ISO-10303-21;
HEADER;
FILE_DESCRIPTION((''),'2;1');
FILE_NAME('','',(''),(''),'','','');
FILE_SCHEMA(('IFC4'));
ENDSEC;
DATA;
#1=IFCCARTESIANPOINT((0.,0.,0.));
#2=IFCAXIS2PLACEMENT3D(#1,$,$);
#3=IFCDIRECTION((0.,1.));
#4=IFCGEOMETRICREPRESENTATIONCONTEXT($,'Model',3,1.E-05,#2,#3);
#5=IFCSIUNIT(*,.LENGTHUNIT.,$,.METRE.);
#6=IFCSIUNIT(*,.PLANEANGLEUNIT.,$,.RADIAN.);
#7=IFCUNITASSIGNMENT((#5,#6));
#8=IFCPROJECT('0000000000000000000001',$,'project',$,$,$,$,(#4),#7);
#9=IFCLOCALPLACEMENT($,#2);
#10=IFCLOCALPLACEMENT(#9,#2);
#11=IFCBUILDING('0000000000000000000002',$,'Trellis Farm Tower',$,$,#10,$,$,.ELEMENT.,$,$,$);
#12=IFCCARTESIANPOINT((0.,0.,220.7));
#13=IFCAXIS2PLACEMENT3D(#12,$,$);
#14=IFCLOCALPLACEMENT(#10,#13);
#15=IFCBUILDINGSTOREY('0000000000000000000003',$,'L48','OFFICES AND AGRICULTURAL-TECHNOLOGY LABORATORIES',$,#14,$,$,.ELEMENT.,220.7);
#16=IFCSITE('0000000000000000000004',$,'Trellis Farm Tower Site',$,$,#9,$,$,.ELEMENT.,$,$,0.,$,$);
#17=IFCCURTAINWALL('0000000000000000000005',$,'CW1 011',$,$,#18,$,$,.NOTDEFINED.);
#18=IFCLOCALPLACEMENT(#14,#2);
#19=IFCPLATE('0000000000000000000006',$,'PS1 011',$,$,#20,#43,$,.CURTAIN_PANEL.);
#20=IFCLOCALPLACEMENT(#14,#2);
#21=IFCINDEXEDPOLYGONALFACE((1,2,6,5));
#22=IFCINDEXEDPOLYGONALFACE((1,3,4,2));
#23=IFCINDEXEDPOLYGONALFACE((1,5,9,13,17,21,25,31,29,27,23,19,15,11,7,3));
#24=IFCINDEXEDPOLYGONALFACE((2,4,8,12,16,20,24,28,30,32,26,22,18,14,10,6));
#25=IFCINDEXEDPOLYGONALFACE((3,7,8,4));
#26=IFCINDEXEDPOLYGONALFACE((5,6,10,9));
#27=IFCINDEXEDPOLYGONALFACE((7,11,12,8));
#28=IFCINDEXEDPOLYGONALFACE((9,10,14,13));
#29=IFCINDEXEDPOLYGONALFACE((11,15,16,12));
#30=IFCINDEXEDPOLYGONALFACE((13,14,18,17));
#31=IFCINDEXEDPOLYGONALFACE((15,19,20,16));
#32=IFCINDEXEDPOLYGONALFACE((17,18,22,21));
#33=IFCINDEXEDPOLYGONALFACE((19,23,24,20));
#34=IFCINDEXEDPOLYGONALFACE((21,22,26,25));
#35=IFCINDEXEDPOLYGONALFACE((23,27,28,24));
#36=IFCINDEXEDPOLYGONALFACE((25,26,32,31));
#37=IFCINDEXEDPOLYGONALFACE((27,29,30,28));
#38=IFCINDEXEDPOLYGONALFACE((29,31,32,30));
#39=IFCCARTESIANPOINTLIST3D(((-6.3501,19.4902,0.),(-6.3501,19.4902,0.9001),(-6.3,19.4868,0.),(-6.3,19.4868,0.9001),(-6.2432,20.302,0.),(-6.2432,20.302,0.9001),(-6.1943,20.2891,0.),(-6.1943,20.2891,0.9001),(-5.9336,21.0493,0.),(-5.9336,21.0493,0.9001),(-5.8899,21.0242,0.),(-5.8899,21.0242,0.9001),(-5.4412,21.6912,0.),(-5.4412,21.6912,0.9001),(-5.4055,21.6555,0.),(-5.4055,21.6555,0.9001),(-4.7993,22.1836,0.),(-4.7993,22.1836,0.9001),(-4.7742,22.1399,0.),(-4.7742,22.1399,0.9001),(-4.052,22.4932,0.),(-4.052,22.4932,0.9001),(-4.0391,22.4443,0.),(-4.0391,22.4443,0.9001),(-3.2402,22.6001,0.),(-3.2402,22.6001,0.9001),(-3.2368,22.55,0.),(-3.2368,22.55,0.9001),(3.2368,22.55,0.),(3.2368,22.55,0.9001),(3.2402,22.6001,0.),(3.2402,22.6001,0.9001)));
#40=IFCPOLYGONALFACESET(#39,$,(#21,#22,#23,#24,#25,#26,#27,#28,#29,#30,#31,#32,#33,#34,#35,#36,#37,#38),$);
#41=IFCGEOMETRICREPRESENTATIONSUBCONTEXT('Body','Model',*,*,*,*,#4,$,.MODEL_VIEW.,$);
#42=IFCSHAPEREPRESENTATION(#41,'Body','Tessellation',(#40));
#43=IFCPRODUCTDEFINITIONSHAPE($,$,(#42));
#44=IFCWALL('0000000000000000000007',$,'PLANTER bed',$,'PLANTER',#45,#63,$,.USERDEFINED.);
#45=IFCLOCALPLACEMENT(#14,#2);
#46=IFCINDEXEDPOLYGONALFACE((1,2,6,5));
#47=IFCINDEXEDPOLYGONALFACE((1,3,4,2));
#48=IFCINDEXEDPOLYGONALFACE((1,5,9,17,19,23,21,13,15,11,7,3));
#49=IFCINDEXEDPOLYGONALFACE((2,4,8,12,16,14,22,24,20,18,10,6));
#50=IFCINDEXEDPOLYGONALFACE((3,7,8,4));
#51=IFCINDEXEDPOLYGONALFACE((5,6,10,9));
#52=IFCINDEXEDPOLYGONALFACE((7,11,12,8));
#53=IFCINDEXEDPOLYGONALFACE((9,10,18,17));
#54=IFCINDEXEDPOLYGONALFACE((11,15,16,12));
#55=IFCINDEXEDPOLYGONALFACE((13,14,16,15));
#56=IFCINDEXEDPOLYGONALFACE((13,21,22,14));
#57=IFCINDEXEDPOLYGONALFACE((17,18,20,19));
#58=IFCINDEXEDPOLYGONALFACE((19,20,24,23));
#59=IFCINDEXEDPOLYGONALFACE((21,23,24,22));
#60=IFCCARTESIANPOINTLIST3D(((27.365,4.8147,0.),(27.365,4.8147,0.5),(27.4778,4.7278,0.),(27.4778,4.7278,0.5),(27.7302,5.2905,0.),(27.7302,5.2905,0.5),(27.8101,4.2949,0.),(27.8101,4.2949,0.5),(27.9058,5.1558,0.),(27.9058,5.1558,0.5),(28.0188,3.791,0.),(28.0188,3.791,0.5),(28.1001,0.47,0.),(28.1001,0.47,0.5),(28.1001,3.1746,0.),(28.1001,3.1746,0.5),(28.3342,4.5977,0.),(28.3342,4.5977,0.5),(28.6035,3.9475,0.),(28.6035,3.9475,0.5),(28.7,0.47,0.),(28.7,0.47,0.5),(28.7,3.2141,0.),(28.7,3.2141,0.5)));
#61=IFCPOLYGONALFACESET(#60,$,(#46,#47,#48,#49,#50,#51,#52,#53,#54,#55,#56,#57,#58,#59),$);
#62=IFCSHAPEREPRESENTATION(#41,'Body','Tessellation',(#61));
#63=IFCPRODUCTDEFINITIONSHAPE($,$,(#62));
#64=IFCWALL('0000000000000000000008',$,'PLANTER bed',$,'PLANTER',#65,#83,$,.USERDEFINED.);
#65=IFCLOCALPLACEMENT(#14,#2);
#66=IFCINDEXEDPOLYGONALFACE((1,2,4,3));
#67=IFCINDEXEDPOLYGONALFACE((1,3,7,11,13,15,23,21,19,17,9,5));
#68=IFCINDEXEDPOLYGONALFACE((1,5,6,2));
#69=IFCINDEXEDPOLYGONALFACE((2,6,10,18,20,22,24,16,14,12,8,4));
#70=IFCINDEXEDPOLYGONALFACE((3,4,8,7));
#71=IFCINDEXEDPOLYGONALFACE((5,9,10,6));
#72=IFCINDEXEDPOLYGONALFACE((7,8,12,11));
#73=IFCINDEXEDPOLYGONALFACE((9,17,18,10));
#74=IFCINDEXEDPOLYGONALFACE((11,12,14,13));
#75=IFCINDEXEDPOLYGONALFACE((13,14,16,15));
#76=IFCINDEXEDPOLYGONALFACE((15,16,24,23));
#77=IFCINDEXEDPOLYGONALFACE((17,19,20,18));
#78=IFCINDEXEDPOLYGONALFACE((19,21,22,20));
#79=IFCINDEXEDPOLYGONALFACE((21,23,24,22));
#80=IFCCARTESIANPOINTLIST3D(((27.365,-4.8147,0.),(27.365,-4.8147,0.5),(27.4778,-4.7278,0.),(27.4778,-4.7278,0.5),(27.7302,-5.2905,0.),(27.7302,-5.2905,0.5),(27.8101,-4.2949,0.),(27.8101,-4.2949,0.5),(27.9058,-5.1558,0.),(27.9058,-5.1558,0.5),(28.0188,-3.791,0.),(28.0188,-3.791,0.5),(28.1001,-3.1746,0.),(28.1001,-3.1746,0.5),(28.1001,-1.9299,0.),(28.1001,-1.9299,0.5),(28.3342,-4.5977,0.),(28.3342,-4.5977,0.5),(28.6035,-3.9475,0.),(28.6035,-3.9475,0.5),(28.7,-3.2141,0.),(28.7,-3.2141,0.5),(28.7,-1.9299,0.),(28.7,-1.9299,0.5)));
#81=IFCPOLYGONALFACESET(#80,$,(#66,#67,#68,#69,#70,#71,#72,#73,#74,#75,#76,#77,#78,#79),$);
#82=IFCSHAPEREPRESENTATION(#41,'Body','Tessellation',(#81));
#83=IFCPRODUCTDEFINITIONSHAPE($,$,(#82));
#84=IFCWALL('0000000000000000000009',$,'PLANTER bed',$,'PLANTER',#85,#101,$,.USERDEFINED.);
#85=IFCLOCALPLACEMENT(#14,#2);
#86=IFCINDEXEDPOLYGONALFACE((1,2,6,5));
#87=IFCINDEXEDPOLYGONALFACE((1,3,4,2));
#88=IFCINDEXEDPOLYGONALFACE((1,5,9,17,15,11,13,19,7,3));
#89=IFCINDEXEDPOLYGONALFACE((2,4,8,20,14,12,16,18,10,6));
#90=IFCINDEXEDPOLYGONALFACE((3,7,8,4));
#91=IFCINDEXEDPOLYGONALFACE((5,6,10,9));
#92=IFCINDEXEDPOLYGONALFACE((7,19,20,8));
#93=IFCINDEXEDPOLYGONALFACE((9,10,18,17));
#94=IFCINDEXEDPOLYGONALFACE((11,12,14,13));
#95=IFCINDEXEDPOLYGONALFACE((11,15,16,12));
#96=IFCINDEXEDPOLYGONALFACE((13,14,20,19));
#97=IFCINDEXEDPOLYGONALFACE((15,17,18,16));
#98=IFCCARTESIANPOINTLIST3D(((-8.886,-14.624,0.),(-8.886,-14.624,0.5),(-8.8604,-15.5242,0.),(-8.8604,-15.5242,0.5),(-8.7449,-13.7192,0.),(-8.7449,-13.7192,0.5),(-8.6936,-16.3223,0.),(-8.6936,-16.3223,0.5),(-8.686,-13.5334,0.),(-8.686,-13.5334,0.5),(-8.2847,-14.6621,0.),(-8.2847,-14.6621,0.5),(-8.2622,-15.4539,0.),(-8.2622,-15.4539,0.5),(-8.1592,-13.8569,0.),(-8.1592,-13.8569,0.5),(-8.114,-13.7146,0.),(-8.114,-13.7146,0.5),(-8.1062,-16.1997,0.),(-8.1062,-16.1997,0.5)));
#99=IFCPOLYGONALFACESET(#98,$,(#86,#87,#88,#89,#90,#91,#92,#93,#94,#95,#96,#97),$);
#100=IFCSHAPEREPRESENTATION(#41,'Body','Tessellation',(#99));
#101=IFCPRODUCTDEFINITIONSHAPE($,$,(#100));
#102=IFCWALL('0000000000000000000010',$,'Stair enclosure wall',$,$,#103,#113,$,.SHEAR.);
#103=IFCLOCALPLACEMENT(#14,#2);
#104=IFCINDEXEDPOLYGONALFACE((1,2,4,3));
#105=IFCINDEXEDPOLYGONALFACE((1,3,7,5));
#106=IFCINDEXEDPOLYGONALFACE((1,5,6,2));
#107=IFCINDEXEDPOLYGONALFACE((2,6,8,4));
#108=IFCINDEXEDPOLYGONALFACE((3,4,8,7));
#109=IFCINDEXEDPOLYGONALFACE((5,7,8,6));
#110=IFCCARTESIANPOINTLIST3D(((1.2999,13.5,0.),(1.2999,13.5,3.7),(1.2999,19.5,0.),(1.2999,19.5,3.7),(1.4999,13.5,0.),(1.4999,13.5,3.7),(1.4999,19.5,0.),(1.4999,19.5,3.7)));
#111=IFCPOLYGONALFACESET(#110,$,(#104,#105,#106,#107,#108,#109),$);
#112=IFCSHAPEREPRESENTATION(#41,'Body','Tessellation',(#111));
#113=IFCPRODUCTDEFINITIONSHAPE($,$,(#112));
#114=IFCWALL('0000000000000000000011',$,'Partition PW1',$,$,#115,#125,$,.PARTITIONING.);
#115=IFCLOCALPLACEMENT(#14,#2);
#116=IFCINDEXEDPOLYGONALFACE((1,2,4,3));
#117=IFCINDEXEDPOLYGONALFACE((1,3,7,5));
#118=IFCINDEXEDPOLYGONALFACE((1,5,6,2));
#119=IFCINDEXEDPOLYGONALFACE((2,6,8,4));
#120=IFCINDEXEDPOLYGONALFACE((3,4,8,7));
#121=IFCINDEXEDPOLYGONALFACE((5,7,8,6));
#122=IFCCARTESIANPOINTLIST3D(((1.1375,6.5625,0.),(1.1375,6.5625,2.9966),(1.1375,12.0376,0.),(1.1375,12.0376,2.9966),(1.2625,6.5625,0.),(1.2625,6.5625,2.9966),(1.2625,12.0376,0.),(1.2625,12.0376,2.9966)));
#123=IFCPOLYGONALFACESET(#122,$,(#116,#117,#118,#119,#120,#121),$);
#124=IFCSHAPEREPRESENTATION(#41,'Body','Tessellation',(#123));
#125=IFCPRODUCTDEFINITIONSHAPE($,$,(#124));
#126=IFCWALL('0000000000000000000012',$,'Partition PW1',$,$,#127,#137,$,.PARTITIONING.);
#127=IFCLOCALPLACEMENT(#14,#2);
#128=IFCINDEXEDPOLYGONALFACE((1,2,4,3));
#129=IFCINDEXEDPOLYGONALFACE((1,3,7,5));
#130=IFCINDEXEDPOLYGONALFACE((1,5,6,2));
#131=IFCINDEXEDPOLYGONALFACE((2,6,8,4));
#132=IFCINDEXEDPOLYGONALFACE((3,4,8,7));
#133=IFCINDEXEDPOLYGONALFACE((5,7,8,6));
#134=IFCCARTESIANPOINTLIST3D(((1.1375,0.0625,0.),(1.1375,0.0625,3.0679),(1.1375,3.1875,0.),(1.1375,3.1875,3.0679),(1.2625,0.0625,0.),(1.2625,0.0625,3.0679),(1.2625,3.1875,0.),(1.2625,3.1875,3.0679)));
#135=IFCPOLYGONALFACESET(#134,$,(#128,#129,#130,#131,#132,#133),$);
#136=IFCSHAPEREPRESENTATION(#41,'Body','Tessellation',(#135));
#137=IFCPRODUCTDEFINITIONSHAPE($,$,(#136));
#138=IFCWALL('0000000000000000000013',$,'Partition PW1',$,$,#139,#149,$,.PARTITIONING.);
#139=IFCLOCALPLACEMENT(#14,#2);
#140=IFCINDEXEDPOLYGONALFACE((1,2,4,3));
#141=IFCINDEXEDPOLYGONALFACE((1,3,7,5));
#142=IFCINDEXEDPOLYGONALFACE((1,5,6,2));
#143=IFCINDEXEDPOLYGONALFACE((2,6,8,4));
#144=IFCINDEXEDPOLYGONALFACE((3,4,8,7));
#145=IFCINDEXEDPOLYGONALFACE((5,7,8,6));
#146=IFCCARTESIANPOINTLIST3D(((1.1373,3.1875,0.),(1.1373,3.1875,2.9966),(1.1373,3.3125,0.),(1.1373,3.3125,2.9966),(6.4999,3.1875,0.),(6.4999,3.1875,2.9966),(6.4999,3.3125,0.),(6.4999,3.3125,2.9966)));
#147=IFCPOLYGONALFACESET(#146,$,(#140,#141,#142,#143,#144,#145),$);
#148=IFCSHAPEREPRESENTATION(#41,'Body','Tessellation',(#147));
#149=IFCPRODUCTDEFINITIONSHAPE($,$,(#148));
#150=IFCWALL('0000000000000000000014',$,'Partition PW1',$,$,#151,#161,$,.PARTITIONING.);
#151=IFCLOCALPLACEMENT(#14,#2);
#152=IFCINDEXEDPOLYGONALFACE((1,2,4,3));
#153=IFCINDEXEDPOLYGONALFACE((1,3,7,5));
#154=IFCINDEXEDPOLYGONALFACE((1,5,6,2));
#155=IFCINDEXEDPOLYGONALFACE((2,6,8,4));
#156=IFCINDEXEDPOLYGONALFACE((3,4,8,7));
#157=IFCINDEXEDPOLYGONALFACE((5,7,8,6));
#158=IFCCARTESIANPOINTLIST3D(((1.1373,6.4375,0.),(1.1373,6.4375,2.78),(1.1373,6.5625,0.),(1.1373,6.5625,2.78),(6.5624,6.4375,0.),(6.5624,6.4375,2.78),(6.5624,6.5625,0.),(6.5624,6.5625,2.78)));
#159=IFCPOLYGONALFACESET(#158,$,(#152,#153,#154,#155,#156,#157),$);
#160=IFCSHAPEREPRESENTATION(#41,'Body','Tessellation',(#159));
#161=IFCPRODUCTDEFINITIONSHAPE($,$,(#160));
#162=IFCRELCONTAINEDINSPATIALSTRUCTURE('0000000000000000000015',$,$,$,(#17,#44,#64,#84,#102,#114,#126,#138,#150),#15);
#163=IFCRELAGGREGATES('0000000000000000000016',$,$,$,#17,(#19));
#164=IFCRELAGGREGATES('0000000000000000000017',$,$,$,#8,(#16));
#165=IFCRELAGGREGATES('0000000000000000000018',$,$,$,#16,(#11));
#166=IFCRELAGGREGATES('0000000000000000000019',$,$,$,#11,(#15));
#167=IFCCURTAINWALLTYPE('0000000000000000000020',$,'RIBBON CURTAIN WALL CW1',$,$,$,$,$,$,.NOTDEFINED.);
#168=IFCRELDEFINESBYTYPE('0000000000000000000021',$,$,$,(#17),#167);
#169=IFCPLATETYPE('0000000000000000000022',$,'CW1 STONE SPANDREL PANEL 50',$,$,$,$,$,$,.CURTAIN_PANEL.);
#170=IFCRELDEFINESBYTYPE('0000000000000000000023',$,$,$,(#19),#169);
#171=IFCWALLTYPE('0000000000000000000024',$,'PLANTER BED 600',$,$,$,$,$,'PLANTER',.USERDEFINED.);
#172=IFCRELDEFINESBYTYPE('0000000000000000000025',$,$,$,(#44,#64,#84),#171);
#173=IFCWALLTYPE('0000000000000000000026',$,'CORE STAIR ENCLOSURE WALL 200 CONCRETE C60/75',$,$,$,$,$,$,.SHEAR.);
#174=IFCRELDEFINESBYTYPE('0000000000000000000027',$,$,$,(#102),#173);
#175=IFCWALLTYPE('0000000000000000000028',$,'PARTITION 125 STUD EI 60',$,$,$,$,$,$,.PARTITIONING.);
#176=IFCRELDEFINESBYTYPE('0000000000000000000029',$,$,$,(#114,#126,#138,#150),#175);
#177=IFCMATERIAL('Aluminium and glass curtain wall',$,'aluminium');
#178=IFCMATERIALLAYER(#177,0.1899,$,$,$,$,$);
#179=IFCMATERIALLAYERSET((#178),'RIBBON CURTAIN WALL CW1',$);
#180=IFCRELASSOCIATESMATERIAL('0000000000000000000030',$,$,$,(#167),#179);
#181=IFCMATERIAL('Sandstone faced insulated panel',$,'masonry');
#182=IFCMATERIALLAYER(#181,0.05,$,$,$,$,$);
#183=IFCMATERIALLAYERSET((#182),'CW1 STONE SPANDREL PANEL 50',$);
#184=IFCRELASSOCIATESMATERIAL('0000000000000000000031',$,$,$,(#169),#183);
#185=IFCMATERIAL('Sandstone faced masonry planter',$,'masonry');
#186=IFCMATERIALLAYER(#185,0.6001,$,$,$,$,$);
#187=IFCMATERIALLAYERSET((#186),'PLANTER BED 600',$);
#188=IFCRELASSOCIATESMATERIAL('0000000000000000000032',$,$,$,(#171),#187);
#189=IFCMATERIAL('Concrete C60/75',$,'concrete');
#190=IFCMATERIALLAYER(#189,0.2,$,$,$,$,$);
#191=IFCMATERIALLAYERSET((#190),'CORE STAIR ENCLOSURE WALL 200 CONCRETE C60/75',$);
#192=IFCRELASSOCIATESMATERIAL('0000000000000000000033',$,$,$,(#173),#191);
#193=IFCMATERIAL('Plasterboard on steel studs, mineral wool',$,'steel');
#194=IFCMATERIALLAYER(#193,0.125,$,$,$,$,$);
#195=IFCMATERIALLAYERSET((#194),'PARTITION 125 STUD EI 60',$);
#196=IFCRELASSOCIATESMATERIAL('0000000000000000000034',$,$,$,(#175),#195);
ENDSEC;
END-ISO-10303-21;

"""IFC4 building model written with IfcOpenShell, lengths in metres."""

from ifc_helpers import new_model, si_unit, direction, frame, frame_2d, origin, place, context, subcontext, project, spatial, polyline, rectangle, outline, extrude, source, transform, mapped, material, layer, layer_set, type_object, element, aggregate, save


model = new_model("IFC4")

# Units and contexts
model_context = context("Model", 3, precision=1e-05, world=origin(), true_north=direction((0.0, 1.0)))
body_context = subcontext(model_context, "Body", "Model", "MODEL_VIEW")
ifc_project = project(units=[si_unit("LENGTHUNIT", "METRE"), si_unit("PLANEANGLEUNIT", "RADIAN")], contexts=[model_context])

# Site, building, storey
site_placement = place(None, origin())
site = spatial("IfcSite", under=ifc_project, at=site_placement, Name="Trellis Farm Tower Site", CompositionType="ELEMENT", RefElevation=0.0)
building_placement = place(site_placement, origin())
building = spatial("IfcBuilding", under=site, at=building_placement, Name="Trellis Farm Tower", CompositionType="ELEMENT")
storey_placement = place(building_placement, frame((0.0, 0.0, 220.7)))
storey = spatial("IfcBuildingStorey", under=building, at=storey_placement, Name="L48", Description="OFFICES AND AGRICULTURAL-TECHNOLOGY LABORATORIES", CompositionType="ELEMENT", Elevation=220.7)

# Curtain wall
ifc_material_1 = material(Name="Aluminium and glass curtain wall", Category="aluminium")
placement_1 = place(storey_placement, origin())
ifc_layer_1 = layer(ifc_material_1, 0.1899)
ifc_layer_set_1 = layer_set([ifc_layer_1], Name="RIBBON CURTAIN WALL CW1")
curtain_wall_type_1 = type_object("IfcCurtainWallType", Name="RIBBON CURTAIN WALL CW1", PredefinedType="NOTDEFINED", material=ifc_layer_set_1)
curtain_wall_1 = element("IfcCurtainWall", 1, at=placement_1, inside=storey, type_object=curtain_wall_type_1, Name="CW1 011", PredefinedType="NOTDEFINED")

# Plate
ifc_material_2 = material(Name="Sandstone faced insulated panel", Category="masonry")
ifc_layer_2 = layer(ifc_material_2, 0.05)
ifc_layer_set_2 = layer_set([ifc_layer_2], Name="CW1 STONE SPANDREL PANEL 50")
plate_type_1 = type_object("IfcPlateType", Name="CW1 STONE SPANDREL PANEL 50", PredefinedType="CURTAIN_PANEL", material=ifc_layer_set_2)
shared_shape_1 = source(origin(), body_context, "Body", "SweptSolid", [
    extrude(outline(polyline([(3.2402, 22.6001), (-3.2402, 22.6001), (-4.052, 22.4932), (-4.7993, 22.1836), (-5.4412, 21.6912), (-5.9336, 21.0493), (-6.2432, 20.302), (-6.3501, 19.4902), (-6.3, 19.4868), (-6.1943, 20.2891), (-5.8899, 21.0242), (-5.4055, 21.6555), (-4.7742, 22.1399), (-4.0391, 22.4443), (-3.2368, 22.55), (3.2368, 22.55), (3.2402, 22.6001)])), origin(), (0.0, 0.0, 1.0), 0.9001),
])
plate_1 = element("IfcPlate", 2, at=placement_1, type_object=plate_type_1, Name="PS1 011", PredefinedType="CURTAIN_PANEL", context=body_context, shape_type="MappedRepresentation", body=[
    mapped(shared_shape_1, transform((0.0, 0.0, 0.0))),
])
aggregate(curtain_wall_1, [plate_1])

# Walls
ifc_material_3 = material(Name="Sandstone faced masonry planter", Category="masonry")
ifc_layer_3 = layer(ifc_material_3, 0.6001)
ifc_layer_set_3 = layer_set([ifc_layer_3], Name="PLANTER BED 600")
wall_type_1 = type_object("IfcWallType", Name="PLANTER BED 600", ElementType="PLANTER", PredefinedType="USERDEFINED", material=ifc_layer_set_3)
element("IfcWall", 3, at=placement_1, inside=storey, type_object=wall_type_1, Name="PLANTER bed", ObjectType="PLANTER", PredefinedType="USERDEFINED", context=body_context, shape_type="SweptSolid", body=[
    extrude(outline(polyline([(27.9058, 5.1558), (28.3342, 4.5977), (28.6035, 3.9475), (28.7, 3.2141), (28.7, 0.47), (28.1001, 0.47), (28.1001, 3.1746), (28.0188, 3.791), (27.8101, 4.2949), (27.4778, 4.7278), (27.365, 4.8147), (27.7302, 5.2905), (27.9058, 5.1558)])), origin(), (0.0, 0.0, 1.0), 0.5),
])
element("IfcWall", 4, at=placement_1, inside=storey, type_object=wall_type_1, Name="PLANTER bed", ObjectType="PLANTER", PredefinedType="USERDEFINED", context=body_context, shape_type="SweptSolid", body=[
    extrude(outline(polyline([(28.6035, -3.9475), (28.3342, -4.5977), (27.9058, -5.1558), (27.7302, -5.2905), (27.365, -4.8147), (27.4778, -4.7278), (27.8101, -4.2949), (28.0188, -3.791), (28.1001, -3.1746), (28.1001, -1.9299), (28.7, -1.9299), (28.7, -3.2141), (28.6035, -3.9475)])), origin(), (0.0, 0.0, 1.0), 0.5),
])
element("IfcWall", 5, at=placement_1, inside=storey, type_object=wall_type_1, Name="PLANTER bed", ObjectType="PLANTER", PredefinedType="USERDEFINED", context=body_context, shape_type="SweptSolid", body=[
    extrude(outline(polyline([(-8.886, -14.624), (-8.7449, -13.7192), (-8.686, -13.5334), (-8.114, -13.7146), (-8.1592, -13.8569), (-8.2847, -14.6621), (-8.2622, -15.4539), (-8.1062, -16.1997), (-8.6936, -16.3223), (-8.8604, -15.5242), (-8.886, -14.624)])), origin(), (0.0, 0.0, 1.0), 0.5),
])
ifc_material_4 = material(Name="Concrete C60/75", Category="concrete")
ifc_layer_4 = layer(ifc_material_4, 0.2)
ifc_layer_set_4 = layer_set([ifc_layer_4], Name="CORE STAIR ENCLOSURE WALL 200 CONCRETE C60/75")
wall_type_2 = type_object("IfcWallType", Name="CORE STAIR ENCLOSURE WALL 200 CONCRETE C60/75", PredefinedType="SHEAR", material=ifc_layer_set_4)
shared_shape_2 = source(origin(), body_context, "Body", "SweptSolid", [
    extrude(rectangle(XDim=6.0, YDim=0.2, at=frame_2d((3.0, 0.0))), origin(), (0.0, 0.0, 1.0), 3.7),
])
wall_1_placement = place(storey_placement, frame((1.3999, 13.5, 0.0), z_axis=(0.0, 0.0, 1.0), x_axis=(0.0, 1.0, 0.0)))
element("IfcWall", 6, at=wall_1_placement, inside=storey, type_object=wall_type_2, Name="Stair enclosure wall", PredefinedType="SHEAR", context=body_context, shape_type="MappedRepresentation", body=[
    mapped(shared_shape_2, transform((0.0, 0.0, 0.0))),
])
ifc_material_5 = material(Name="Plasterboard on steel studs, mineral wool", Category="steel")
ifc_layer_5 = layer(ifc_material_5, 0.125)
ifc_layer_set_5 = layer_set([ifc_layer_5], Name="PARTITION 125 STUD EI 60")
wall_type_3 = type_object("IfcWallType", Name="PARTITION 125 STUD EI 60", PredefinedType="PARTITIONING", material=ifc_layer_set_5)
shared_shape_3 = source(origin(), body_context, "Body", "SweptSolid", [
    extrude(rectangle(XDim=5.4751, YDim=0.125, at=frame_2d((2.7375, 0.0))), origin(), (0.0, 0.0, 1.0), 2.9966),
])
wall_2_placement = place(storey_placement, frame((1.2, 12.0376, 0.0), z_axis=(0.0, 0.0, 1.0), x_axis=(0.0, -1.0, 0.0)))
element("IfcWall", 7, at=wall_2_placement, inside=storey, type_object=wall_type_3, Name="Partition PW1", PredefinedType="PARTITIONING", context=body_context, shape_type="MappedRepresentation", body=[
    mapped(shared_shape_3, transform((0.0, 0.0, 0.0))),
])
shared_shape_4 = source(origin(), body_context, "Body", "SweptSolid", [
    extrude(rectangle(XDim=3.125, YDim=0.125, at=frame_2d((1.5625, 0.0))), origin(), (0.0, 0.0, 1.0), 3.0679),
])
wall_3_placement = place(storey_placement, frame((1.2, 3.1875, 0.0), z_axis=(0.0, 0.0, 1.0), x_axis=(0.0, -1.0, 0.0)))
element("IfcWall", 8, at=wall_3_placement, inside=storey, type_object=wall_type_3, Name="Partition PW1", PredefinedType="PARTITIONING", context=body_context, shape_type="MappedRepresentation", body=[
    mapped(shared_shape_4, transform((0.0, 0.0, 0.0))),
])
shared_shape_5 = source(origin(), body_context, "Body", "SweptSolid", [
    extrude(rectangle(XDim=5.3625, YDim=0.125, at=frame_2d((2.6812, 0.0))), origin(), (0.0, 0.0, 1.0), 2.9966),
])
wall_4_placement = place(storey_placement, frame((1.1375, 3.25, 0.0), z_axis=(0.0, 0.0, 1.0), x_axis=(1.0, 0.0, 0.0)))
element("IfcWall", 9, at=wall_4_placement, inside=storey, type_object=wall_type_3, Name="Partition PW1", PredefinedType="PARTITIONING", context=body_context, shape_type="MappedRepresentation", body=[
    mapped(shared_shape_5, transform((0.0, 0.0, 0.0))),
])
shared_shape_6 = source(origin(), body_context, "Body", "SweptSolid", [
    extrude(rectangle(XDim=5.425, YDim=0.125, at=frame_2d((2.7124, 0.0))), origin(), (0.0, 0.0, 1.0), 2.78),
])
wall_5_placement = place(storey_placement, frame((1.1375, 6.5, 0.0), z_axis=(0.0, 0.0, 1.0), x_axis=(1.0, 0.0, 0.0)))
element("IfcWall", 10, at=wall_5_placement, inside=storey, type_object=wall_type_3, Name="Partition PW1", PredefinedType="PARTITIONING", context=body_context, shape_type="MappedRepresentation", body=[
    mapped(shared_shape_6, transform((0.0, 0.0, 0.0))),
])

save(model, "model.ifc")
